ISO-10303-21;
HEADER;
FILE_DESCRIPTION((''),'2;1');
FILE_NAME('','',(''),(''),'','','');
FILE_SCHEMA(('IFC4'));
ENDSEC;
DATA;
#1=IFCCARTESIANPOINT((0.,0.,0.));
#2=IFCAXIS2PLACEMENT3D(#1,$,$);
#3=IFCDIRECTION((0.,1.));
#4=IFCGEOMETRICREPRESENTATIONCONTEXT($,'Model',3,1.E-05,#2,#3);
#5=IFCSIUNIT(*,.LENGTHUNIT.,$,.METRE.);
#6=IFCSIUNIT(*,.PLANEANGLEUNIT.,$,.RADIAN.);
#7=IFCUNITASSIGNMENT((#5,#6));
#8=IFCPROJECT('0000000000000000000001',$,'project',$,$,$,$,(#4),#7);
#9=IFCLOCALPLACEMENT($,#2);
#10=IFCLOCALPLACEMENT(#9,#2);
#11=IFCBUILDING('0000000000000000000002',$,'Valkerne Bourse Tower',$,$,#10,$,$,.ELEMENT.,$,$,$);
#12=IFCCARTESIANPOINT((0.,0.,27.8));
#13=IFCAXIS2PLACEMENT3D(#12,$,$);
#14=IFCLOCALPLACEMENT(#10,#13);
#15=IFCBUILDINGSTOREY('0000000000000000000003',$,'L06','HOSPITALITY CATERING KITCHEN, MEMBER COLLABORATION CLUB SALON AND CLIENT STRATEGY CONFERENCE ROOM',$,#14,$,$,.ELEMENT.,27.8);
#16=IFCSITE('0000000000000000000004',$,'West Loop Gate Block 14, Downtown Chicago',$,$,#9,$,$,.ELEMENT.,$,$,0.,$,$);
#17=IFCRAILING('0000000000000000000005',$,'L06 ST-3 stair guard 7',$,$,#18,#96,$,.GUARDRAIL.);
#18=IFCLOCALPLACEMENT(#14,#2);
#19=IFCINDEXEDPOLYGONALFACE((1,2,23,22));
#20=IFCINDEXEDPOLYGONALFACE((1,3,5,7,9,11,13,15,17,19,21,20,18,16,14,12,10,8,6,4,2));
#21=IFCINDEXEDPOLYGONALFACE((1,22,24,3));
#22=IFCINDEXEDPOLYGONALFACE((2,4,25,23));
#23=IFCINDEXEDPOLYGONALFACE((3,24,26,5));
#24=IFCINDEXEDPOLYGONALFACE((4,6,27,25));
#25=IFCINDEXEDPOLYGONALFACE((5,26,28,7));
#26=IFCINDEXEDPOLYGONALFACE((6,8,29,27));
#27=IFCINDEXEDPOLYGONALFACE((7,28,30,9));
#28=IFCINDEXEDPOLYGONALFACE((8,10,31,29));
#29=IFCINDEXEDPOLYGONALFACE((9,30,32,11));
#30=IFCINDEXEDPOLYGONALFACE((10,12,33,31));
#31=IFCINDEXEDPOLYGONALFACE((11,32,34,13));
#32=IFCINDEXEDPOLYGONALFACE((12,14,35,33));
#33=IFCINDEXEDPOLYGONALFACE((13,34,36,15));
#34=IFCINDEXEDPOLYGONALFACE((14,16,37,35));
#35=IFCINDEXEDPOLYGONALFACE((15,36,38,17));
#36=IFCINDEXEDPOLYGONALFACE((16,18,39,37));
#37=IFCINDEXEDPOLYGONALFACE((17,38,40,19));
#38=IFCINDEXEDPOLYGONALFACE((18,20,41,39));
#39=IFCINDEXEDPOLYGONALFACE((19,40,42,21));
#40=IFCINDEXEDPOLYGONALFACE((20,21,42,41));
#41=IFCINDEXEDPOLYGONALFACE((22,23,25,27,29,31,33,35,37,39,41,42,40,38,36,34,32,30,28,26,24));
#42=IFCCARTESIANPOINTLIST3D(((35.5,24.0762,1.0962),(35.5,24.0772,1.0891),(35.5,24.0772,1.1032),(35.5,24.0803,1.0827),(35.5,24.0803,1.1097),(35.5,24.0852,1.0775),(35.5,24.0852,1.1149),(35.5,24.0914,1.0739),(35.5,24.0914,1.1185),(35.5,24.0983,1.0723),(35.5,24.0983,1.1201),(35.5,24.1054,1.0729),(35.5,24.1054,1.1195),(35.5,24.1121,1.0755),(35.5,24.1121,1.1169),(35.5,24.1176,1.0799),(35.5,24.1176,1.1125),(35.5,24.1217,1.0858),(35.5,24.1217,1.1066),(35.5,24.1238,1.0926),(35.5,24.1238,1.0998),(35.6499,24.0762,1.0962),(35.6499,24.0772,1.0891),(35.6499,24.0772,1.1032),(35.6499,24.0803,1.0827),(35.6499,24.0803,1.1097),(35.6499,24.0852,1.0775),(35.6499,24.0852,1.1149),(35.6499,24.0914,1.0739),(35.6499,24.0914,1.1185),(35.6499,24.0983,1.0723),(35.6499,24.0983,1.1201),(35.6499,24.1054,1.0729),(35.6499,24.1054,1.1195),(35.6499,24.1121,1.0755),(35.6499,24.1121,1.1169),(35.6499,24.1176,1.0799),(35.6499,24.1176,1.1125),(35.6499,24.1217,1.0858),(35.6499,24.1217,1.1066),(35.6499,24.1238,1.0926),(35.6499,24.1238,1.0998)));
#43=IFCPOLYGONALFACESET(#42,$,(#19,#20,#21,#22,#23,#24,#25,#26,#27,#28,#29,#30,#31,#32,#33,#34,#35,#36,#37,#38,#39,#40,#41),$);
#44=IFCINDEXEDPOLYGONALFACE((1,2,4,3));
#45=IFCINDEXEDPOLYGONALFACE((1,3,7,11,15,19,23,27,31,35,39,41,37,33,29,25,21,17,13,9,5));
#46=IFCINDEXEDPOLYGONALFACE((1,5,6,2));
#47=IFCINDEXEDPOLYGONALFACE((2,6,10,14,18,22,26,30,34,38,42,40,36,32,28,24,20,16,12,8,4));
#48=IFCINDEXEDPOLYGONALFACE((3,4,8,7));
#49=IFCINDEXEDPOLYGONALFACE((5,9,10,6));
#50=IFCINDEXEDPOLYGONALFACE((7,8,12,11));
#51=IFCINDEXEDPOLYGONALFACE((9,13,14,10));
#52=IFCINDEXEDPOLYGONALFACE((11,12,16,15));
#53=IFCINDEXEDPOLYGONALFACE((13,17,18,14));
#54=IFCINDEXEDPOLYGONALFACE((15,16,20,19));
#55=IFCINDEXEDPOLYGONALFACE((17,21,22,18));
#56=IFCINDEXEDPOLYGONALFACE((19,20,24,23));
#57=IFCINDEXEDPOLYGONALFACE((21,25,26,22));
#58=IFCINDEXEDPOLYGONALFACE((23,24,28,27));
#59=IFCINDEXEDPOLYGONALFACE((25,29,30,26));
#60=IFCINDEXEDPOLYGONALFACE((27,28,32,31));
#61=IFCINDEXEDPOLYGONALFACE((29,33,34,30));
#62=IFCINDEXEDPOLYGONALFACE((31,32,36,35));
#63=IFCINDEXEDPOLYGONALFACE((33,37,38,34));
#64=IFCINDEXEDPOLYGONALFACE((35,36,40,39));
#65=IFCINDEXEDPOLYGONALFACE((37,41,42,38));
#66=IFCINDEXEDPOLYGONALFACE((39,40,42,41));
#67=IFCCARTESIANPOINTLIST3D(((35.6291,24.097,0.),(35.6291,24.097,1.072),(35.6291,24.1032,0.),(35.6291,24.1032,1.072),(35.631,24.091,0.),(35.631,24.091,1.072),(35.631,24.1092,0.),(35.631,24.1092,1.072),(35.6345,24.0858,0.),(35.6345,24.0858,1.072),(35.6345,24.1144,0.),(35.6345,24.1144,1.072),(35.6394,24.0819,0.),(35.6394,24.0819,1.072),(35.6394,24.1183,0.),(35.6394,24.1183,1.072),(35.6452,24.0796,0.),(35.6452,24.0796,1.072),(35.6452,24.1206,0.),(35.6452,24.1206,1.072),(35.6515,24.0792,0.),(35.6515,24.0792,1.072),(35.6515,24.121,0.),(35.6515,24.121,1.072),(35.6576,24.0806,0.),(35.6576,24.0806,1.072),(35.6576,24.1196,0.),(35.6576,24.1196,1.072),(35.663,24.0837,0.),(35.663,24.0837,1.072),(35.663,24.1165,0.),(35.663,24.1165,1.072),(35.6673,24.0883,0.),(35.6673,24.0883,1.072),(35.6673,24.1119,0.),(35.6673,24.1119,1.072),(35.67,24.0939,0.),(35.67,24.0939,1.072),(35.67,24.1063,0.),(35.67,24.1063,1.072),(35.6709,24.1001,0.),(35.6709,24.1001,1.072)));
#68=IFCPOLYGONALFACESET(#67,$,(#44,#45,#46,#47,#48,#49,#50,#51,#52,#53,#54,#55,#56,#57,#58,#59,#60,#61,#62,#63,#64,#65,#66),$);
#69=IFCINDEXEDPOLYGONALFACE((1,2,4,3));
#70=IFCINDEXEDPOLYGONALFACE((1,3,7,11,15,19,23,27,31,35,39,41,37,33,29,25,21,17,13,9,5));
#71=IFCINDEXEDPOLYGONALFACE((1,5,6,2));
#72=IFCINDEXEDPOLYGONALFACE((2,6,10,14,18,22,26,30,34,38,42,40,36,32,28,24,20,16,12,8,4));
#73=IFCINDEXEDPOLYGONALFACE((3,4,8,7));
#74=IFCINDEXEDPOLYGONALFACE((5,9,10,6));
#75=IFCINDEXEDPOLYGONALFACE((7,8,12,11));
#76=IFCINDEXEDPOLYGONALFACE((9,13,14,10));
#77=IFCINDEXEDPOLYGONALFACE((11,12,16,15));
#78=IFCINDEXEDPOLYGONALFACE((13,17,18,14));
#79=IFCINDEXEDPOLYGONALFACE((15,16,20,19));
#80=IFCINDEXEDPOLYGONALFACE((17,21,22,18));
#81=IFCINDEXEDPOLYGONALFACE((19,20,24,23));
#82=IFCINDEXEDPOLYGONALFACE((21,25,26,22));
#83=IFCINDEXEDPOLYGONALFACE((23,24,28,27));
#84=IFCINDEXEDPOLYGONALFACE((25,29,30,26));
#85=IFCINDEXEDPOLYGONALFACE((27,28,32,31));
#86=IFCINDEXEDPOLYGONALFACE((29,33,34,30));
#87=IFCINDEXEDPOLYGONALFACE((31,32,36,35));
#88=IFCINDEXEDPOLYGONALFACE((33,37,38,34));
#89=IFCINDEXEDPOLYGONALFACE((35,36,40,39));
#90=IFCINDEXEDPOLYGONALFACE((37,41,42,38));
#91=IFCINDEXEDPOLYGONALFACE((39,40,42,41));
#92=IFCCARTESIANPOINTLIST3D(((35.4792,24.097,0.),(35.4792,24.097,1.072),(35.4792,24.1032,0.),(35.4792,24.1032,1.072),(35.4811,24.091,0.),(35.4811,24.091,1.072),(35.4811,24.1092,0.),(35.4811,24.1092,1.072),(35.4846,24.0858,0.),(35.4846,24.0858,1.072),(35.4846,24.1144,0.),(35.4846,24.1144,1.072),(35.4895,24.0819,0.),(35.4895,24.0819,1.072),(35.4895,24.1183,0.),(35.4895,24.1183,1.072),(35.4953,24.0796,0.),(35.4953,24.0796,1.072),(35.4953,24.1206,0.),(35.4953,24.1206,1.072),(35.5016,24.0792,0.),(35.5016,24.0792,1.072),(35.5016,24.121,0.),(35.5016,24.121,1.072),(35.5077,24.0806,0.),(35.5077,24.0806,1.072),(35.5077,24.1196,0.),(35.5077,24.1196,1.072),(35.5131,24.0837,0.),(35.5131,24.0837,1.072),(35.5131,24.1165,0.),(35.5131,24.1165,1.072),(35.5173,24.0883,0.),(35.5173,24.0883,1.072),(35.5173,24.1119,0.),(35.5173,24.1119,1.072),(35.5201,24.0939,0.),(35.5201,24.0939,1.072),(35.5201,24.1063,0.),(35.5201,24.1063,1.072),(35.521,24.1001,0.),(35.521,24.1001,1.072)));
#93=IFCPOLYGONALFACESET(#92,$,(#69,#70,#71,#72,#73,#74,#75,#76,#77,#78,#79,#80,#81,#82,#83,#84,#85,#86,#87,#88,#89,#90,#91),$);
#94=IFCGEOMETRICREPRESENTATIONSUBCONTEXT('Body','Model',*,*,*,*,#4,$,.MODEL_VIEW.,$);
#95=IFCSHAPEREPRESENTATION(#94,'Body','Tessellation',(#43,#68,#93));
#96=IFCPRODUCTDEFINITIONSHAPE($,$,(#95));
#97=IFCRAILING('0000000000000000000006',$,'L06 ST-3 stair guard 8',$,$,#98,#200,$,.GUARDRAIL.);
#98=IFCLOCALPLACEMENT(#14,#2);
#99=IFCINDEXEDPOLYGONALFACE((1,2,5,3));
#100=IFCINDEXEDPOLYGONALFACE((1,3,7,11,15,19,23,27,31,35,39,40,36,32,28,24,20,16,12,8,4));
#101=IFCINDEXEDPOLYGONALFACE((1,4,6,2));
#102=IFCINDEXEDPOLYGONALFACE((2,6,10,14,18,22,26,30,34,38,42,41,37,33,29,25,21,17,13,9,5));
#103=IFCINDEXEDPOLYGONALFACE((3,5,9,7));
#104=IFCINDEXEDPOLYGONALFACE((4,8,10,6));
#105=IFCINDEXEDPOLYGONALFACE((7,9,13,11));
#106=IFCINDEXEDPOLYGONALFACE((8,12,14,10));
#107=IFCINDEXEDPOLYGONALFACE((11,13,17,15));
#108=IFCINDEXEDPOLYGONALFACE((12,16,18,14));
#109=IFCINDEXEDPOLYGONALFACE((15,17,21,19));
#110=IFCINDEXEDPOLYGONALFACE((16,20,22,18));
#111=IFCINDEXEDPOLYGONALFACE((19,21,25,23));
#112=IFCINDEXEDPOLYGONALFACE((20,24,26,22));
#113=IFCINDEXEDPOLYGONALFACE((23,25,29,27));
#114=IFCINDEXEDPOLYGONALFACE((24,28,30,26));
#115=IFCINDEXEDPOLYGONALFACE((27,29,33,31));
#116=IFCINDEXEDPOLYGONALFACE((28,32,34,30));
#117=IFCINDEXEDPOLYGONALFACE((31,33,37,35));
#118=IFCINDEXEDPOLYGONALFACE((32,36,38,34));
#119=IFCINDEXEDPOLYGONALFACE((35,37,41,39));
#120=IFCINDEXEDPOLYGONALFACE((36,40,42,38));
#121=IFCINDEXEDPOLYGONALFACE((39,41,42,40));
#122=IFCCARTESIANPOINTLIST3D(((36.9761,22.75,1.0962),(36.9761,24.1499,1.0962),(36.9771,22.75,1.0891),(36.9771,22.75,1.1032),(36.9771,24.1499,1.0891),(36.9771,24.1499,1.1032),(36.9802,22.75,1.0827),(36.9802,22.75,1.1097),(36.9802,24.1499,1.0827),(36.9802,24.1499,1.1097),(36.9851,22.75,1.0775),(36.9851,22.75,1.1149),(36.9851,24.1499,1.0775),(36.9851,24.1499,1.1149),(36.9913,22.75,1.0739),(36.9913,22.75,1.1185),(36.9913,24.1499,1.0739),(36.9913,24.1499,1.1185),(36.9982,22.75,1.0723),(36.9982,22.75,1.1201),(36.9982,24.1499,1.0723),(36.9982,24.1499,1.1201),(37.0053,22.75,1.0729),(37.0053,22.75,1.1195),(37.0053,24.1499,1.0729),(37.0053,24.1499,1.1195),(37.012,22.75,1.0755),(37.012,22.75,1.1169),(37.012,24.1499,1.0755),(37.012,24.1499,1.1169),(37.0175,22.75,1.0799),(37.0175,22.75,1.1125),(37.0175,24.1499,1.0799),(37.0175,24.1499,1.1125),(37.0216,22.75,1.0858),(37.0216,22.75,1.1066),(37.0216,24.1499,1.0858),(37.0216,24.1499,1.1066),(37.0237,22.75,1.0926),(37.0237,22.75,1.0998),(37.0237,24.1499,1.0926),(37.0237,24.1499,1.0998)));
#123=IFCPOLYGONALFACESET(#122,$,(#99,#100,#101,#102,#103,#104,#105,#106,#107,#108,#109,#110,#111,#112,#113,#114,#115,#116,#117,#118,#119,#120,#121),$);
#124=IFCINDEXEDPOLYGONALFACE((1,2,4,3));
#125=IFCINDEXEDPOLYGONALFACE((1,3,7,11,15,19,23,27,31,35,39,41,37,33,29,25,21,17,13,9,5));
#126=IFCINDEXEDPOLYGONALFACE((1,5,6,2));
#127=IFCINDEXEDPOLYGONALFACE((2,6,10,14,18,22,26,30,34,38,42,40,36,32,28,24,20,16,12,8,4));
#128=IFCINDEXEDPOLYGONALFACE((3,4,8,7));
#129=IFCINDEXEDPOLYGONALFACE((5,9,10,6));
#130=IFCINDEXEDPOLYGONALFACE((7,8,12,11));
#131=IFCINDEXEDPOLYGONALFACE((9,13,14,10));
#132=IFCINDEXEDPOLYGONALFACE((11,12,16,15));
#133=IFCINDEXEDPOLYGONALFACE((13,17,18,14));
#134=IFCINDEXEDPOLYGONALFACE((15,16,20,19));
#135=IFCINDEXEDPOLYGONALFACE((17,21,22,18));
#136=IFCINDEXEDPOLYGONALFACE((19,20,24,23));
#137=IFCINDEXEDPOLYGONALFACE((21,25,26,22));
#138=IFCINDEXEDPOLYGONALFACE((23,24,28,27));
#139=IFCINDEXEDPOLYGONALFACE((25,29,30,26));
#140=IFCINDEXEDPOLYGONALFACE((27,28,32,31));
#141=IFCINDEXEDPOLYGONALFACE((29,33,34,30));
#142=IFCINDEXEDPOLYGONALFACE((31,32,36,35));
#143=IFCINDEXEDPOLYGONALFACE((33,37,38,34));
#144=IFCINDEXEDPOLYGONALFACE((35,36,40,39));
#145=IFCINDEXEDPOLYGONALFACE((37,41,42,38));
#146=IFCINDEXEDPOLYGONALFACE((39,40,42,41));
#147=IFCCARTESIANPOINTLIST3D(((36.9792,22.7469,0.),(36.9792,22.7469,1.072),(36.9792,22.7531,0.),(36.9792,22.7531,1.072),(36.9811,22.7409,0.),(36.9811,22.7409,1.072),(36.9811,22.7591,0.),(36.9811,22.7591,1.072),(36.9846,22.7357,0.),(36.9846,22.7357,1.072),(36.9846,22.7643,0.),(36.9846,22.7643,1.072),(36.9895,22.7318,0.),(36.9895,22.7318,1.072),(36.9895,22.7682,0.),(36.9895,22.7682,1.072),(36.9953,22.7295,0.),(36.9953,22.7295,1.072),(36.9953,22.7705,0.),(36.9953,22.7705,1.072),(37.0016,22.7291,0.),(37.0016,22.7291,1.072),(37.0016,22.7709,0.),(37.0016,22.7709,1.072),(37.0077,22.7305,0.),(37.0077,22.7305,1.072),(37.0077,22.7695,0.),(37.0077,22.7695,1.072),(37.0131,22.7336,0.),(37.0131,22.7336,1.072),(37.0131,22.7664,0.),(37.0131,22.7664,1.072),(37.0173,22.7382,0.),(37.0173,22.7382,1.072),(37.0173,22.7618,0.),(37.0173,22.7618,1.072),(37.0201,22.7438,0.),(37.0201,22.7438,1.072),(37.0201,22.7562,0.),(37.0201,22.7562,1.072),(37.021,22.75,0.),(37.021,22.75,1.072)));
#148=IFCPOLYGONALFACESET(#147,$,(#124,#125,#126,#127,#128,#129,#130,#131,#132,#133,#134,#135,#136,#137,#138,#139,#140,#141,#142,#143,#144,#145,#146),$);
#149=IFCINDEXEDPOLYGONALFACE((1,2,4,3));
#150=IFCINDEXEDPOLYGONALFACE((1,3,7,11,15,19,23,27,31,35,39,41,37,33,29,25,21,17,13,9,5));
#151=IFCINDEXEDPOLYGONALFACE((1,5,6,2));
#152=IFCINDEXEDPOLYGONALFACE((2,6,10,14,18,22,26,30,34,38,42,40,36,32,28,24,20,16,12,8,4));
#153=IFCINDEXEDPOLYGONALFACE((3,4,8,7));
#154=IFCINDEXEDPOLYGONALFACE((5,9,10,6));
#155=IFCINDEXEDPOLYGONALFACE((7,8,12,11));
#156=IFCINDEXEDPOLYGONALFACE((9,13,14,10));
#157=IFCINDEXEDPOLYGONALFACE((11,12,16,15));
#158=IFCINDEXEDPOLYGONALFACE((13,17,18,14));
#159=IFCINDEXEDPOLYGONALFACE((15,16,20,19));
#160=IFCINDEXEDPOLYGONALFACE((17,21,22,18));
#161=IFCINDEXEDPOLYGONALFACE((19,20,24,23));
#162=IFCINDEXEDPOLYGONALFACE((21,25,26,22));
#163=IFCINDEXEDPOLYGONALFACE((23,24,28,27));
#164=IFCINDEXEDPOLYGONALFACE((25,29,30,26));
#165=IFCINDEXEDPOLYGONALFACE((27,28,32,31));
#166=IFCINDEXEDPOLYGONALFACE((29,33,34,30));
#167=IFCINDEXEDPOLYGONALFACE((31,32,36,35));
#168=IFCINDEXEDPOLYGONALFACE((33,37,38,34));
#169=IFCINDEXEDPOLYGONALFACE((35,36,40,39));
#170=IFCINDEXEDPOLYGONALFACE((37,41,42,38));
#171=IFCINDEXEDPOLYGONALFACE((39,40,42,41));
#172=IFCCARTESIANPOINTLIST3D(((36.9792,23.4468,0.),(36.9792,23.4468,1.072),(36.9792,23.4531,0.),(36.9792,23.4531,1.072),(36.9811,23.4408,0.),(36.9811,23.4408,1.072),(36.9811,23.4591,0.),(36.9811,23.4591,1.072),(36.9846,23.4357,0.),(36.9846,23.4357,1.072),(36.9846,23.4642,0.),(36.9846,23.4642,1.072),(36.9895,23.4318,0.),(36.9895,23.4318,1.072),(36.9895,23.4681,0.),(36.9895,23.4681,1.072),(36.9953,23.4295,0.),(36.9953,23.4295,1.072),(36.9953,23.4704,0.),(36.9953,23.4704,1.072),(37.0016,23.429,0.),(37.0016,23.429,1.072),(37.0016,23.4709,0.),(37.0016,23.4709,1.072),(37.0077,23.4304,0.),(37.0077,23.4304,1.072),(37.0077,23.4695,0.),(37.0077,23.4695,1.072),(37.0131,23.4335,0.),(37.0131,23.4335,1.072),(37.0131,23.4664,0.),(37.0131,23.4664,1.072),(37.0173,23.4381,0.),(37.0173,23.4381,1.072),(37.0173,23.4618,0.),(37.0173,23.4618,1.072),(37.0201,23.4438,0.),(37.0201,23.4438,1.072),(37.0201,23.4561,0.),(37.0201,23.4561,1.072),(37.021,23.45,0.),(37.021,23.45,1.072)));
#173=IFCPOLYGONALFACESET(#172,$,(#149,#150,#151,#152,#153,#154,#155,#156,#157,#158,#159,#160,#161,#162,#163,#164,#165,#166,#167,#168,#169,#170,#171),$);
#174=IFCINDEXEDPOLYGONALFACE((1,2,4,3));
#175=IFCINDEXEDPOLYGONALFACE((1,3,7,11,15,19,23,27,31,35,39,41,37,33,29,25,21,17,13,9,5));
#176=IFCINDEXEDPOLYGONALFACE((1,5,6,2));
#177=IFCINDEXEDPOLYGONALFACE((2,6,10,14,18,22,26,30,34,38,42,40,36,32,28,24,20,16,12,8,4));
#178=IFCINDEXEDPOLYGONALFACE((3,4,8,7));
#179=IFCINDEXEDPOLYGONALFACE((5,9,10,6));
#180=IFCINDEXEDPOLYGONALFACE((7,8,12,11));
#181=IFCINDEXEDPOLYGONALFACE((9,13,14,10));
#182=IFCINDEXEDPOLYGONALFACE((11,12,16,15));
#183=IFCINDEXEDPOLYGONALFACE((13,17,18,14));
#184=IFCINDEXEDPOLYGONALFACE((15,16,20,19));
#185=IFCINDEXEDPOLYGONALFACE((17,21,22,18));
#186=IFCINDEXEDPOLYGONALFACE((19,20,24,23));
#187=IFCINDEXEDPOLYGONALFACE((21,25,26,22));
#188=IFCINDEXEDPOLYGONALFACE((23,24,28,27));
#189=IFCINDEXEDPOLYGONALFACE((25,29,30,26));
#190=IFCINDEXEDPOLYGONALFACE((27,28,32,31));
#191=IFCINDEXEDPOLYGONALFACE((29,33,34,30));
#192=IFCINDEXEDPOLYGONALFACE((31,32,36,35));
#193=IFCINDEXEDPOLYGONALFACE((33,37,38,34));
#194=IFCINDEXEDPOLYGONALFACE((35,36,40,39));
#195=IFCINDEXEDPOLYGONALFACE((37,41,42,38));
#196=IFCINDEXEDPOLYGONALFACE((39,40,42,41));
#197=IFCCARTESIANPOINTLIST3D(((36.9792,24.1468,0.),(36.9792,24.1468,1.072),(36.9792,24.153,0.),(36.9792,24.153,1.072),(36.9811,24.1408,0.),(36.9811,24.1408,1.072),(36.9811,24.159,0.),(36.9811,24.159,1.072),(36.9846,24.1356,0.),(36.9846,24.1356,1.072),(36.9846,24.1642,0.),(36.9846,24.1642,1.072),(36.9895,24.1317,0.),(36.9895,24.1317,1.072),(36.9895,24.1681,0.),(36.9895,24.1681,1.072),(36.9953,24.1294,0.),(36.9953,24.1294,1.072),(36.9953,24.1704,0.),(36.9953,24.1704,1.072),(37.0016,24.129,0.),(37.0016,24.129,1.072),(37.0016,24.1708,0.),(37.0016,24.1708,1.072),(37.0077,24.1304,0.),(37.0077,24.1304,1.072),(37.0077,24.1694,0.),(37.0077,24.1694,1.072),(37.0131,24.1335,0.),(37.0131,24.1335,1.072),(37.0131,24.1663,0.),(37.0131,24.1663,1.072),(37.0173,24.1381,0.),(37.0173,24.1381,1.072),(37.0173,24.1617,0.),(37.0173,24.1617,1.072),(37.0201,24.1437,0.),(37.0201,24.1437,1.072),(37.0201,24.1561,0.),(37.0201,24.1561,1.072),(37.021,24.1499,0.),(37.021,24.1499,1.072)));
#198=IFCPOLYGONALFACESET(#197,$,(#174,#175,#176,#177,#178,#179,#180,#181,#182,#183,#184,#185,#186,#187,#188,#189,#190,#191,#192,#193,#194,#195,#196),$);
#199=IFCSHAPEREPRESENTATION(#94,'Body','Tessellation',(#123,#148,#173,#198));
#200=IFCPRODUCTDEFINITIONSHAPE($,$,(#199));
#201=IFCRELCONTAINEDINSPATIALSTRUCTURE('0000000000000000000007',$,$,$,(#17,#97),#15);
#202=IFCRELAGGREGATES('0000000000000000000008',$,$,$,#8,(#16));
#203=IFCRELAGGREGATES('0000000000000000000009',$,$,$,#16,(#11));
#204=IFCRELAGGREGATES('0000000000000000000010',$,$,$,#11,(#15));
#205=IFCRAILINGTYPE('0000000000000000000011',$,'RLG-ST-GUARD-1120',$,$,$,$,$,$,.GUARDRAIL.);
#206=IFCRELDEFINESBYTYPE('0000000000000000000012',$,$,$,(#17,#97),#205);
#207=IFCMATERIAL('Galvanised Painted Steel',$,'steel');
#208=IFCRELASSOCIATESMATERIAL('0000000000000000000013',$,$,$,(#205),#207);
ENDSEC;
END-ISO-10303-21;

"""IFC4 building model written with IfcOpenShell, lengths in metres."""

from ifc_helpers import new_model, si_unit, direction, frame, origin, origin_2d, place, context, subcontext, project, spatial, circle, extrude, material, type_object, element, save


model = new_model("IFC4")

# Units and contexts
model_context = context("Model", 3, precision=1e-05, world=origin(), true_north=direction((0.0, 1.0)))
body_context = subcontext(model_context, "Body", "Model", "MODEL_VIEW")
ifc_project = project(units=[si_unit("LENGTHUNIT", "METRE"), si_unit("PLANEANGLEUNIT", "RADIAN")], contexts=[model_context])

# Site, building, storey
site_placement = place(None, origin())
site = spatial("IfcSite", under=ifc_project, at=site_placement, Name="West Loop Gate Block 14, Downtown Chicago", CompositionType="ELEMENT", RefElevation=0.0)
building_placement = place(site_placement, origin())
building = spatial("IfcBuilding", under=site, at=building_placement, Name="Valkerne Bourse Tower", CompositionType="ELEMENT")
storey_placement = place(building_placement, frame((0.0, 0.0, 27.8)))
storey = spatial("IfcBuildingStorey", under=building, at=storey_placement, Name="L06", Description="HOSPITALITY CATERING KITCHEN, MEMBER COLLABORATION CLUB SALON AND CLIENT STRATEGY CONFERENCE ROOM", CompositionType="ELEMENT", Elevation=27.8)

# Shared definitions
ifc_material_1 = material(Name="Galvanised Painted Steel", Category="steel")

# Railings
railing_type_1 = type_object("IfcRailingType", Name="RLG-ST-GUARD-1120", PredefinedType="GUARDRAIL", material=ifc_material_1)
railing_1_placement = place(storey_placement, frame((35.6499, 24.1001, 0.0)))
element("IfcRailing", 1, at=railing_1_placement, inside=storey, type_object=railing_type_1, Name="L06 ST-3 stair guard 7", PredefinedType="GUARDRAIL", context=body_context, shape_type="SweptSolid", body=[
    extrude(circle(Radius=0.0239, at=origin_2d()), frame((0.0, 0.0, 1.0962), z_axis=(-1.0, 0.0, 0.0), x_axis=(0.0, -1.0, 0.0)), (0.0, 0.0, 1.0), 0.1499),
    extrude(circle(Radius=0.021, at=origin_2d()), origin(), (0.0, 0.0, 1.0), 1.072),
    extrude(circle(Radius=0.021, at=origin_2d()), frame((-0.1499, 0.0, 0.0)), (0.0, 0.0, 1.0), 1.072),
])
for number, where, name in (
    (2, (37.0, 22.75, 0.0), "L06 ST-3 stair guard 8"),
):
    element("IfcRailing", number, at=place(storey_placement, frame(where)), inside=storey, type_object=railing_type_1, Name=name, PredefinedType="GUARDRAIL", context=body_context, shape_type="SweptSolid", body=[
        extrude(circle(Radius=0.0239, at=origin_2d()), frame((0.0, 0.0, 1.0962), z_axis=(0.0, 1.0, 0.0), x_axis=(-1.0, 0.0, 0.0)), (0.0, 0.0, 1.0), 1.3999),
        extrude(circle(Radius=0.021, at=origin_2d()), origin(), (0.0, 0.0, 1.0), 1.072),
        extrude(circle(Radius=0.021, at=origin_2d()), frame((0.0, 0.7, 0.0)), (0.0, 0.0, 1.0), 1.072),
        extrude(circle(Radius=0.021, at=origin_2d()), frame((0.0, 1.3999, 0.0)), (0.0, 0.0, 1.0), 1.072),
    ])

save(model, "model.ifc")
